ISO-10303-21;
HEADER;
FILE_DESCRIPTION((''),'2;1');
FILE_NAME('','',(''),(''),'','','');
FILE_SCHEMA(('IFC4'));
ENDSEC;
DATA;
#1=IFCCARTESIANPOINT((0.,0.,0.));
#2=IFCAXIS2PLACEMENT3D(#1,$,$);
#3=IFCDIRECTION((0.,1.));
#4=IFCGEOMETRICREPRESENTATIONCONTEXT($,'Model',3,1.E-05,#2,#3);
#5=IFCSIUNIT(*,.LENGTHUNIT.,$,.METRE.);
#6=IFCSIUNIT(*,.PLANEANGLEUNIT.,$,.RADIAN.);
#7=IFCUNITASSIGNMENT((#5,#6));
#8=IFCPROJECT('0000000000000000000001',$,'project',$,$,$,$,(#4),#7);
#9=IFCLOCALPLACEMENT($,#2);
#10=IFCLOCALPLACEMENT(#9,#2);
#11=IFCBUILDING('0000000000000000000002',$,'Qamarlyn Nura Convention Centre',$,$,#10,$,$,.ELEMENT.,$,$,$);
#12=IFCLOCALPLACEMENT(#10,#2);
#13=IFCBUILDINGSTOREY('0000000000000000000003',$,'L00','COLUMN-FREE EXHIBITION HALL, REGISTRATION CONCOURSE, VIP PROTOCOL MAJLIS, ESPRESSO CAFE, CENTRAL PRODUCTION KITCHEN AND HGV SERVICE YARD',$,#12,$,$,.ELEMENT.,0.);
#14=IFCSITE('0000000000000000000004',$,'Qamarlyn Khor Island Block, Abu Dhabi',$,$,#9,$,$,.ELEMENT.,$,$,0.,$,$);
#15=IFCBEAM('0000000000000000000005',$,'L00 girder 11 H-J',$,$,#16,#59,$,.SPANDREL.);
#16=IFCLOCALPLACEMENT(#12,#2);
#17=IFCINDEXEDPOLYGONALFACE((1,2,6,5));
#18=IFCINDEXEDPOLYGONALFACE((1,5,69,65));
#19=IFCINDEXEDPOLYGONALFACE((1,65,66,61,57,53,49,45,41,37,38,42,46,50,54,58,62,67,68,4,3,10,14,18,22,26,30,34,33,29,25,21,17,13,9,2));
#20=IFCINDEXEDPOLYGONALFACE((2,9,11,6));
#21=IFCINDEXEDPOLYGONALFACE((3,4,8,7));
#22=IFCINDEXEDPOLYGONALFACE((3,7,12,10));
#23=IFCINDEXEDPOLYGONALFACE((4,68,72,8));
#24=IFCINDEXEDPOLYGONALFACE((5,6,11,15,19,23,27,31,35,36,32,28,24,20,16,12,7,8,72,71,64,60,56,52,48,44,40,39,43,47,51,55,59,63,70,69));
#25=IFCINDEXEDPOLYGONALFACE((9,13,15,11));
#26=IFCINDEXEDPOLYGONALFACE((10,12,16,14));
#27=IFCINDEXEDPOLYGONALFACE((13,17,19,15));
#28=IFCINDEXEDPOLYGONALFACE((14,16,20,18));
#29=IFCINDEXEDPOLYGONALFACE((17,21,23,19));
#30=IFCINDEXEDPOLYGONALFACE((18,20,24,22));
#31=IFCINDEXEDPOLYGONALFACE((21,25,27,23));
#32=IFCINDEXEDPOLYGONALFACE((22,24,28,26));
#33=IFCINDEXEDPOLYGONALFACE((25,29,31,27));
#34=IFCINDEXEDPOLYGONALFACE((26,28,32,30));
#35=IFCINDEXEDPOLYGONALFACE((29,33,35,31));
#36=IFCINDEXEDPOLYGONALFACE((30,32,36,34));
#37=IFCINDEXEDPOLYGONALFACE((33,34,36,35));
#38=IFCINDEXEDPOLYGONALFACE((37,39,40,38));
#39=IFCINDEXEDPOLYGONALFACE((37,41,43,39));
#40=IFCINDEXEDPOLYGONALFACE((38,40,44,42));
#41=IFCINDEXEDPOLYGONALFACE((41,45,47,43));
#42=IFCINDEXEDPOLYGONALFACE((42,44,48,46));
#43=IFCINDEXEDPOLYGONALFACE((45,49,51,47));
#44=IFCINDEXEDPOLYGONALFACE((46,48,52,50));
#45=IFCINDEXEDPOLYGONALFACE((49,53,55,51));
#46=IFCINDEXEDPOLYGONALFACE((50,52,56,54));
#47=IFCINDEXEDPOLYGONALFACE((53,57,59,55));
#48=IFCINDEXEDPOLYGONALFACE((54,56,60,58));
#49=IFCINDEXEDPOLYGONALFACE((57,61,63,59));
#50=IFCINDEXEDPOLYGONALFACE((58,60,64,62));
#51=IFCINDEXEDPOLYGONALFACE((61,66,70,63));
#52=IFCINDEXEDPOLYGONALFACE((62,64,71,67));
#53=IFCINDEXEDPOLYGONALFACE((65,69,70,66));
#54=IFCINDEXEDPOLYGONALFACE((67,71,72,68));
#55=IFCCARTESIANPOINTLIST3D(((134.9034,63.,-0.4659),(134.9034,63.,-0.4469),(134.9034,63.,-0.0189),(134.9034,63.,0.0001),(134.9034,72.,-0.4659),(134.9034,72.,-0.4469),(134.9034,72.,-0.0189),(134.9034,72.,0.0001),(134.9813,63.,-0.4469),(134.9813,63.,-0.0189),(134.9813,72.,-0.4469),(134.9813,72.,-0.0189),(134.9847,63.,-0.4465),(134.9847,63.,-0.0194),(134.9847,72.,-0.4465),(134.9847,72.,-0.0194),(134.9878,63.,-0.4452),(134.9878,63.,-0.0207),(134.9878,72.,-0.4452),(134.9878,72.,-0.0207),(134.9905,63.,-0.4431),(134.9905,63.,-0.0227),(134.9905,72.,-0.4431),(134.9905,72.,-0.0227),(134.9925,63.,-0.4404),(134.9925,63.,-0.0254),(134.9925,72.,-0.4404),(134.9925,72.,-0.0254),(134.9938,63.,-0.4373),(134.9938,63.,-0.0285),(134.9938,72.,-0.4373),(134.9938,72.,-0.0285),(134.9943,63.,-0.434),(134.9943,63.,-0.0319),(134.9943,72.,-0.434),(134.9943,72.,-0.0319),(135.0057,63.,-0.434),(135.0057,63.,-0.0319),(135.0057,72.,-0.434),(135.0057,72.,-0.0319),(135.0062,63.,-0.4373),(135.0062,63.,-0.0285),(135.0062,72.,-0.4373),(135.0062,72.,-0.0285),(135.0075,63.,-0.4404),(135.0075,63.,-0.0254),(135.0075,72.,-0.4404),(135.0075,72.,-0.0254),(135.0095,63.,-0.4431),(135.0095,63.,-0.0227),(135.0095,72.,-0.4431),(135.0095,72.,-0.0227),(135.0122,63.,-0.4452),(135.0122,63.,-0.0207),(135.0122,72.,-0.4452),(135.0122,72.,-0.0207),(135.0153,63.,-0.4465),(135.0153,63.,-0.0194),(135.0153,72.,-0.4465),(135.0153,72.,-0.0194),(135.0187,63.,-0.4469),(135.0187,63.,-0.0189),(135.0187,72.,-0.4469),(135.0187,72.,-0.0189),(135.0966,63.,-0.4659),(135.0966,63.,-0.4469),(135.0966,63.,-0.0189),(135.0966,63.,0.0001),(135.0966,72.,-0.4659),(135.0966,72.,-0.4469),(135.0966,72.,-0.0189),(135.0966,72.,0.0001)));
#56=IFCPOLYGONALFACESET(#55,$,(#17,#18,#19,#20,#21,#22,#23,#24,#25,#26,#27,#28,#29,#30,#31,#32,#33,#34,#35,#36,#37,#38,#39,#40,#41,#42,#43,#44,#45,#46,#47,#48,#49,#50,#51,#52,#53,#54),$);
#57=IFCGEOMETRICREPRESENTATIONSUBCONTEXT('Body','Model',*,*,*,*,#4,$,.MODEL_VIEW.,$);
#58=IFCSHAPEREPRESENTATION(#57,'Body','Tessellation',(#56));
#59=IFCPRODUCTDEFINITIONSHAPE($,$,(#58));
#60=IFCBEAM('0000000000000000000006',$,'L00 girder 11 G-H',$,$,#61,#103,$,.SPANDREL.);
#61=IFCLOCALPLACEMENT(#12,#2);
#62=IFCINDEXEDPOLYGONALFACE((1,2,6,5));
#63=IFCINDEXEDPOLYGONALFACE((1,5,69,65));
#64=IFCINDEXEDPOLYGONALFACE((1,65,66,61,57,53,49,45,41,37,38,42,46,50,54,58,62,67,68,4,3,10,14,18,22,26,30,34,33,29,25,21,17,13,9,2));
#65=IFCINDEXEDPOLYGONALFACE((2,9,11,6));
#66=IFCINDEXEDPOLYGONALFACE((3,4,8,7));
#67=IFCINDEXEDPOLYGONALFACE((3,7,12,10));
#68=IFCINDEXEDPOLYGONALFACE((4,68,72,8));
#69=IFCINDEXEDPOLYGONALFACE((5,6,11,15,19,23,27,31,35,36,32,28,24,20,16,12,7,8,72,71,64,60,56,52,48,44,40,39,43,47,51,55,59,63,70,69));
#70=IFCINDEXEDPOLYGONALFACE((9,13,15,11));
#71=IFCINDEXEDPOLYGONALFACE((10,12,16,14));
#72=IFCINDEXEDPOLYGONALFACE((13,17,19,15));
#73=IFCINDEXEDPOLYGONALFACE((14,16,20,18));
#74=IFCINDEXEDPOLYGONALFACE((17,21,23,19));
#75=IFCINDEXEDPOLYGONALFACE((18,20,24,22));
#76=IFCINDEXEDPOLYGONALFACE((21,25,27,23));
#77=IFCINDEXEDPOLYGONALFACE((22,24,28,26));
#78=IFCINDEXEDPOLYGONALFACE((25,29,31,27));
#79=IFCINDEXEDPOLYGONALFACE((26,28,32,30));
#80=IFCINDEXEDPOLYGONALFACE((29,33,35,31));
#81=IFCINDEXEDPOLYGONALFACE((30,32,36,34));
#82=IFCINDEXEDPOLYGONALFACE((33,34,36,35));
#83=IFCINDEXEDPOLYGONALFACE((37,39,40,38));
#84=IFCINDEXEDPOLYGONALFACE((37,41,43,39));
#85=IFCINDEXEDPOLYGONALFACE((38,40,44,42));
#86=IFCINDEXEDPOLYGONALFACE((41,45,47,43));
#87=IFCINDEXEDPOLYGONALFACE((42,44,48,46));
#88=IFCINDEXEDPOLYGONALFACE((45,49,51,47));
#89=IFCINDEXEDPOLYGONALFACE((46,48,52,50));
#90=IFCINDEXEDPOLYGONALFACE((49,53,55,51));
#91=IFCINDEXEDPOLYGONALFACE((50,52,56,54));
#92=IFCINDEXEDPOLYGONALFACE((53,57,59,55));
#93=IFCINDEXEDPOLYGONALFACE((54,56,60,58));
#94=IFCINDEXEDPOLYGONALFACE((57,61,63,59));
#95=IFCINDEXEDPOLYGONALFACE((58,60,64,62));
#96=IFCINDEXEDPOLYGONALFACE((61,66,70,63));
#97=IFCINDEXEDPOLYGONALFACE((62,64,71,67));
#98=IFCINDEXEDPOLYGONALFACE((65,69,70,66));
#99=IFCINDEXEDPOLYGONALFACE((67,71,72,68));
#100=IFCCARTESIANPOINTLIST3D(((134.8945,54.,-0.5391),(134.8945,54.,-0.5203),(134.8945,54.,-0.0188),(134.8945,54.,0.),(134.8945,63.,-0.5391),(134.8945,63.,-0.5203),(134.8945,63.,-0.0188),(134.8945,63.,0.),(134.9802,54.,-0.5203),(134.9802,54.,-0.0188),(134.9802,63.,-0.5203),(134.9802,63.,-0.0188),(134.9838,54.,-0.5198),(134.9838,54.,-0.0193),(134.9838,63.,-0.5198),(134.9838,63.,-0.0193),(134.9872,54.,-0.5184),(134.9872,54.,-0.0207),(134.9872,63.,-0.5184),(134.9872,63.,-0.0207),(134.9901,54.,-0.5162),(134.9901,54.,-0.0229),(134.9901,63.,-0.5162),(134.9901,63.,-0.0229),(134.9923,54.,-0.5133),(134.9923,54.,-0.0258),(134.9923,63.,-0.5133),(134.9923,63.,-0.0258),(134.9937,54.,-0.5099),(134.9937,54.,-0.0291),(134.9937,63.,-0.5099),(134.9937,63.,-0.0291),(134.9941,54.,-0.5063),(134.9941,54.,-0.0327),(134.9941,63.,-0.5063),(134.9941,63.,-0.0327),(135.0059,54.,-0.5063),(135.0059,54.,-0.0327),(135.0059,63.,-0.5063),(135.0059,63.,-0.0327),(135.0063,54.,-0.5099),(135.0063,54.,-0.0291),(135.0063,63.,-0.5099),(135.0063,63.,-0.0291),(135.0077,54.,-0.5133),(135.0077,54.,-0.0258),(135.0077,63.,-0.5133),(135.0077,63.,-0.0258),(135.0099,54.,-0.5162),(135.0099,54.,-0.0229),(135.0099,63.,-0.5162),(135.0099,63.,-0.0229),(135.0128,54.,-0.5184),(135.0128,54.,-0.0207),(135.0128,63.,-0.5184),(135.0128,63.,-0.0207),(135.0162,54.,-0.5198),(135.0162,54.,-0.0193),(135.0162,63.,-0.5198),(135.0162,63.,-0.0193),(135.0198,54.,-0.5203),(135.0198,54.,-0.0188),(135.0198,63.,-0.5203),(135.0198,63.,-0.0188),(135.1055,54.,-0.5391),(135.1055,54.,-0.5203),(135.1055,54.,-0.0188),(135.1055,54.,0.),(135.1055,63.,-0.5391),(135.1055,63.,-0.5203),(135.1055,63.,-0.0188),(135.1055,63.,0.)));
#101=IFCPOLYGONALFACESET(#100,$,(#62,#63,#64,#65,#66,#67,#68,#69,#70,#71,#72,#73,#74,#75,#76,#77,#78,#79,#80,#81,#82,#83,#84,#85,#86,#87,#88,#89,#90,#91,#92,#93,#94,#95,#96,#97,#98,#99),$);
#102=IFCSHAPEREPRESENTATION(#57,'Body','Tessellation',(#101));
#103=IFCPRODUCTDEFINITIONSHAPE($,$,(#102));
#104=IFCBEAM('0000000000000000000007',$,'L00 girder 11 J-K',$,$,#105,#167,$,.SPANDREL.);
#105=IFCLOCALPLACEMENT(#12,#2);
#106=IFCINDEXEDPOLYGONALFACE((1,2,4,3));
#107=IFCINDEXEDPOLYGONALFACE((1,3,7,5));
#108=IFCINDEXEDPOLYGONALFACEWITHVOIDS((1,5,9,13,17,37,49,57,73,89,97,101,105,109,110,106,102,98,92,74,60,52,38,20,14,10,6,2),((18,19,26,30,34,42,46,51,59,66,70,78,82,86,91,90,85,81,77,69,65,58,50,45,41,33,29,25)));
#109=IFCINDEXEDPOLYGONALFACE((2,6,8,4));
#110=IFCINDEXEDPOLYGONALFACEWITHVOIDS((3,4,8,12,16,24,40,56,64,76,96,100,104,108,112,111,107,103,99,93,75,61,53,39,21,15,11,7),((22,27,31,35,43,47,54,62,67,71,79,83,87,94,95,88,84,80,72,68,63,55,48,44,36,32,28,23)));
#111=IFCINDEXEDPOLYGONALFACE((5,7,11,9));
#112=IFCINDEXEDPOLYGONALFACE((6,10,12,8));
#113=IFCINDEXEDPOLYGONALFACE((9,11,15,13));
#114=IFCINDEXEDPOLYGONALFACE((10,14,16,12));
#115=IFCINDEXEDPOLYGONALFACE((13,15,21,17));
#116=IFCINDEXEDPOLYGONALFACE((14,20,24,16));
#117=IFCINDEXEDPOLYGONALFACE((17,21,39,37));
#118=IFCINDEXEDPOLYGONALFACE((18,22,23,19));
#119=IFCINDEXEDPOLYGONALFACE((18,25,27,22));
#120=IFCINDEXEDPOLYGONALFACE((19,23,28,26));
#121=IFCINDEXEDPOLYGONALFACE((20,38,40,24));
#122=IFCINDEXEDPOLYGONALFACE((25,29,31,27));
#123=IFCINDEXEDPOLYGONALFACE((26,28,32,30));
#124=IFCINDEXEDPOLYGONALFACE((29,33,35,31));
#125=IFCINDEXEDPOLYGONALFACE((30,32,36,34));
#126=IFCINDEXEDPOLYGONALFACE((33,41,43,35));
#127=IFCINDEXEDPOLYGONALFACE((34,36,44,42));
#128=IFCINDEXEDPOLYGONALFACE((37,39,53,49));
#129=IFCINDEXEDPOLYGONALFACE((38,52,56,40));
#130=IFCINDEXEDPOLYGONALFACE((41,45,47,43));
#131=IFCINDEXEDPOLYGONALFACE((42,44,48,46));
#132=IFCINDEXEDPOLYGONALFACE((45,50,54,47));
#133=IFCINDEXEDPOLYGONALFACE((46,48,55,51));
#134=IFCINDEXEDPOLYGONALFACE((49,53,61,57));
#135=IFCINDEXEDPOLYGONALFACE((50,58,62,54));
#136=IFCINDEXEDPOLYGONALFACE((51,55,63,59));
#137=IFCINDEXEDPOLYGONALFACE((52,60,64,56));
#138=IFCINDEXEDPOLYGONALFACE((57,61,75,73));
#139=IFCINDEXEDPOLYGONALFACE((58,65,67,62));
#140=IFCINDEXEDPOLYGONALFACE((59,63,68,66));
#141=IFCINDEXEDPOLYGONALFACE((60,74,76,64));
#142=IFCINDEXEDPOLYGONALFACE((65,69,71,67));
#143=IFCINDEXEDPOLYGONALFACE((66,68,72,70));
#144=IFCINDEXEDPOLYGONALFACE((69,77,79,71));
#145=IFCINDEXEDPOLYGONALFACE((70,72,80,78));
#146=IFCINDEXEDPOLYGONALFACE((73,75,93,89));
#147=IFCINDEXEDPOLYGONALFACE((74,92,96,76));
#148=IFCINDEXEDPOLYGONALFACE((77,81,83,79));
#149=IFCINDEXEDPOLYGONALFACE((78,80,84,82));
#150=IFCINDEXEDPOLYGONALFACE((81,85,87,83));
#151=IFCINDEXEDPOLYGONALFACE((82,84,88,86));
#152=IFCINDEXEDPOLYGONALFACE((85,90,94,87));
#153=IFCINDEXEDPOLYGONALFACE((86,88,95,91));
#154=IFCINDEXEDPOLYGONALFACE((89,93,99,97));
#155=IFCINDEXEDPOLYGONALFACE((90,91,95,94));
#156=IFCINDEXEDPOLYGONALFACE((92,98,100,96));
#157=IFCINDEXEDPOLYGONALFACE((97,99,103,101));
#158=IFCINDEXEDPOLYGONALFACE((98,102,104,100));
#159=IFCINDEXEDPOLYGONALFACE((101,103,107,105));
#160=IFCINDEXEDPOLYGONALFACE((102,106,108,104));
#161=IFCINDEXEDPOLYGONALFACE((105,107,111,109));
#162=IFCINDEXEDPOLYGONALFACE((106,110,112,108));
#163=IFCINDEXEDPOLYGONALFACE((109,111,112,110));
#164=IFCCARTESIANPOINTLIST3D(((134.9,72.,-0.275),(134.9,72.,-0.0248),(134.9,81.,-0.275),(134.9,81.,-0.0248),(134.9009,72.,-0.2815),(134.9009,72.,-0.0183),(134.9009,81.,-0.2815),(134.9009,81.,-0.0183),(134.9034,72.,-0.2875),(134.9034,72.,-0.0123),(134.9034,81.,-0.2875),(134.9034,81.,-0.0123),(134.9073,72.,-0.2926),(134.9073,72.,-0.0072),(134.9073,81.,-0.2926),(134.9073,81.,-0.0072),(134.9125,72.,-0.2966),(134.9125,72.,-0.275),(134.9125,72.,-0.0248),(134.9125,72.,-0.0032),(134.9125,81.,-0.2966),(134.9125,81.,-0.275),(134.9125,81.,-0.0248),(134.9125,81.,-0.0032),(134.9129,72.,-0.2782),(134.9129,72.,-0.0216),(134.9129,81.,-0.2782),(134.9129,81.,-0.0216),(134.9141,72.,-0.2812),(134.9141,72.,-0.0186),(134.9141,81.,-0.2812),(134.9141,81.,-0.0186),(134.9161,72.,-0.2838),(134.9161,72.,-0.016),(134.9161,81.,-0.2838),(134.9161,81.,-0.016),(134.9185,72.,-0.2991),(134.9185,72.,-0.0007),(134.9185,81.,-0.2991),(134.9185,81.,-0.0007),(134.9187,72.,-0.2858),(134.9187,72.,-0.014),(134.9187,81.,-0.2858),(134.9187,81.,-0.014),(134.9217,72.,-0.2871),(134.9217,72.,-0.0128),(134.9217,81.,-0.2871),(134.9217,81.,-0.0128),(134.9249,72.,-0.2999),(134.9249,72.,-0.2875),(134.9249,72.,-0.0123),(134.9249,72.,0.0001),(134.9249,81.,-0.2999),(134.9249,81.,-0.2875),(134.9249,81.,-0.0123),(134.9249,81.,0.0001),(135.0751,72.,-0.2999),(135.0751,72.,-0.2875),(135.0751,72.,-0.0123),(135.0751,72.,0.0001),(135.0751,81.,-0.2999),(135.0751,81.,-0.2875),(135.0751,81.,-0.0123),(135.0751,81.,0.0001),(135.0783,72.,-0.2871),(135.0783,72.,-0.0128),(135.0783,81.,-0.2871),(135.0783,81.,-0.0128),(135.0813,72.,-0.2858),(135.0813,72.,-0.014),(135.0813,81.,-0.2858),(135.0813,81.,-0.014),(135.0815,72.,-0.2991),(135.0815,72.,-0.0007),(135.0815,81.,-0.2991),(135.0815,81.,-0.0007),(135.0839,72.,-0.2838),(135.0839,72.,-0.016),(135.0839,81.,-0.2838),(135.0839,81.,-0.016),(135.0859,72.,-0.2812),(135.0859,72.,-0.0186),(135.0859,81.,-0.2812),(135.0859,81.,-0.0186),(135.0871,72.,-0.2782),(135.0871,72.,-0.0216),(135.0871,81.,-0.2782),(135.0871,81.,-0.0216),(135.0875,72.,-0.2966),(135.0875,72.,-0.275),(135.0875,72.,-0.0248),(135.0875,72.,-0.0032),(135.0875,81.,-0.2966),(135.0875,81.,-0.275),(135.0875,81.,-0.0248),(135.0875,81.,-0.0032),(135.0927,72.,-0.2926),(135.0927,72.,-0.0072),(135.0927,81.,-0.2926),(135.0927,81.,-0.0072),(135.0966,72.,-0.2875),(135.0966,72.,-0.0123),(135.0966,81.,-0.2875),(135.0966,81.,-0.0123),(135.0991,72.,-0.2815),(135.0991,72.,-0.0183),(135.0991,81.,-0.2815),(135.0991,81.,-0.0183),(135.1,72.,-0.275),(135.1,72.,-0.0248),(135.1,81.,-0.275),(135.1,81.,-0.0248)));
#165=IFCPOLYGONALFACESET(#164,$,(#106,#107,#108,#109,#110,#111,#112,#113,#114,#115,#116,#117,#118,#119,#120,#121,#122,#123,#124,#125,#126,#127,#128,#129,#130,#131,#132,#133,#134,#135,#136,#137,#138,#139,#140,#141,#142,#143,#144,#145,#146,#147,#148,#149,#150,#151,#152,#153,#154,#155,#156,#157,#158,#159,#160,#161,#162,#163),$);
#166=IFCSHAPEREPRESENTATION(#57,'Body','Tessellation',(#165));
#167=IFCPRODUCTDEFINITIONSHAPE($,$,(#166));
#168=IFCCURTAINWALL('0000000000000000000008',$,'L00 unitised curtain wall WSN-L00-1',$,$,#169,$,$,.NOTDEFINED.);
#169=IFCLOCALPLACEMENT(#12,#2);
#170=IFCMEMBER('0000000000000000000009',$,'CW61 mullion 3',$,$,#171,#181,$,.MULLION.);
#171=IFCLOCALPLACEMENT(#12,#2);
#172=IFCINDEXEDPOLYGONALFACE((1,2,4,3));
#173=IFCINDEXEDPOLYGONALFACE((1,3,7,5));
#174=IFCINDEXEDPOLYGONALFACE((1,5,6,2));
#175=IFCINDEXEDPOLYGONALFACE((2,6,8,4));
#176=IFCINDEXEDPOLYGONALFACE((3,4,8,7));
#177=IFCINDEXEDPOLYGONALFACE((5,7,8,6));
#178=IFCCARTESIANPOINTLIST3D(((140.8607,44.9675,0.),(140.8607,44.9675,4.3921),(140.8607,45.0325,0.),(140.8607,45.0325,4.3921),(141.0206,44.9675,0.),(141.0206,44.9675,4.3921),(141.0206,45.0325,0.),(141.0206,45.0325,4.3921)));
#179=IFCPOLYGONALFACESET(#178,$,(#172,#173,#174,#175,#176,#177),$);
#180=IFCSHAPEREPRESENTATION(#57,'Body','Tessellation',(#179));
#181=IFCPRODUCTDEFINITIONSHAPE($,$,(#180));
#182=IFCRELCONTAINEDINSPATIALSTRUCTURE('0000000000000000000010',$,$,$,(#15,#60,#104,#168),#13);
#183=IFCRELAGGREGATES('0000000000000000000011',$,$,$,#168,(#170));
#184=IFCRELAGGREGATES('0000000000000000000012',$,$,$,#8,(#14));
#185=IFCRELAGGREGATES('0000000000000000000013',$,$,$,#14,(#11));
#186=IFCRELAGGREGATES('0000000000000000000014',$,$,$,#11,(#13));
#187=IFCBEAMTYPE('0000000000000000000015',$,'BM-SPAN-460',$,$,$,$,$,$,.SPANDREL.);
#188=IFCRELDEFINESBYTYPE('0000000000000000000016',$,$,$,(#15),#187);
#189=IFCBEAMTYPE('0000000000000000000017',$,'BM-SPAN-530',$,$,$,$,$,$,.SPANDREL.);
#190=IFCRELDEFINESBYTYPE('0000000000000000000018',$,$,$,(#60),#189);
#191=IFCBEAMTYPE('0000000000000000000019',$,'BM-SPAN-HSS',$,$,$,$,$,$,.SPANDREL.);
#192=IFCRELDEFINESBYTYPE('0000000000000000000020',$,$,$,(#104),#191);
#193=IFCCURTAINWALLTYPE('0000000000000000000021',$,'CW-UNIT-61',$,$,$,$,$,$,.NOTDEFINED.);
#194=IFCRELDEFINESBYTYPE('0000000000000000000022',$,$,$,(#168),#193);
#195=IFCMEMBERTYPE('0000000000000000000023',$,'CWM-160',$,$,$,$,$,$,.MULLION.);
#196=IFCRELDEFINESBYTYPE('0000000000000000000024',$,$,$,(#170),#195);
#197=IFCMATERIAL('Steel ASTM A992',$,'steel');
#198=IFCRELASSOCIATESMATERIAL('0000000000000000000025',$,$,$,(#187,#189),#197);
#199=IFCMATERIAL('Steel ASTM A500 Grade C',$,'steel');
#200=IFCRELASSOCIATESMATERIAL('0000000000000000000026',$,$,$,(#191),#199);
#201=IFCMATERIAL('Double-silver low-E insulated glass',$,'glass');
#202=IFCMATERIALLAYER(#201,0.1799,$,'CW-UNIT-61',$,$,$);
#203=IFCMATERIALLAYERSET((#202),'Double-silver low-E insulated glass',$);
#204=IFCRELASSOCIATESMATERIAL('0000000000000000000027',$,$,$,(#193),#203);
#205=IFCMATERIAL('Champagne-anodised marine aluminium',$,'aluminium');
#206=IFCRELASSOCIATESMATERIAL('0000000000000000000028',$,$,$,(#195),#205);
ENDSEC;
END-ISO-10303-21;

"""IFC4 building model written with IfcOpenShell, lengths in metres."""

from ifc_helpers import new_model, si_unit, direction, frame, origin, origin_2d, place, context, subcontext, project, spatial, rectangle, hollow_rectangle, i_section, extrude, material, layer, layer_set, material_profile, profile_set, type_object, element, aggregate, save


model = new_model("IFC4")

# Units and contexts
model_context = context("Model", 3, precision=1e-05, world=origin(), true_north=direction((0.0, 1.0)))
body_context = subcontext(model_context, "Body", "Model", "MODEL_VIEW")
ifc_project = project(units=[si_unit("LENGTHUNIT", "METRE"), si_unit("PLANEANGLEUNIT", "RADIAN")], contexts=[model_context])

# Site, building, storey
site_placement = place(None, origin())
site = spatial("IfcSite", under=ifc_project, at=site_placement, Name="Qamarlyn Khor Island Block, Abu Dhabi", CompositionType="ELEMENT", RefElevation=0.0)
building_placement = place(site_placement, origin())
building = spatial("IfcBuilding", under=site, at=building_placement, Name="Qamarlyn Nura Convention Centre", CompositionType="ELEMENT")
storey_placement = place(building_placement, origin())
storey = spatial("IfcBuildingStorey", under=building, at=storey_placement, Name="L00", Description="COLUMN-FREE EXHIBITION HALL, REGISTRATION CONCOURSE, VIP PROTOCOL MAJLIS, ESPRESSO CAFE, CENTRAL PRODUCTION KITCHEN AND HGV SERVICE YARD", CompositionType="ELEMENT", Elevation=0.0)

# Shared definitions
ifc_material_1 = material(Name="Steel ASTM A500 Grade C", Category="steel")
ifc_material_2 = material(Name="Steel ASTM A992", Category="steel")

# Beams
ifc_material_profile_1 = material_profile(ifc_material_2, i_section(OverallWidth=0.1931, OverallDepth=0.4661, WebThickness=0.0115, FlangeThickness=0.019, FilletRadius=0.0129, at=origin_2d()), Name="W460X97")
ifc_profile_set_1 = profile_set([ifc_material_profile_1], Name="Steel ASTM A992")
beam_type_1 = type_object("IfcBeamType", Name="BM-SPAN-460", PredefinedType="SPANDREL", material=ifc_profile_set_1)
beam_1_placement = place(storey_placement, frame((135.0, 63.0, -0.2329), z_axis=(0.0, 1.0, 0.0), x_axis=(-1.0, 0.0, 0.0)))
element("IfcBeam", 1, at=beam_1_placement, inside=storey, type_object=beam_type_1, Name="L00 girder 11 H-J", PredefinedType="SPANDREL", context=body_context, shape_type="SweptSolid", body=[
    extrude(i_section(OverallWidth=0.1931, OverallDepth=0.4661, WebThickness=0.0115, FlangeThickness=0.019, FilletRadius=0.0129, at=origin_2d()), origin(), (0.0, 0.0, 1.0), 9.0),
])
ifc_material_profile_2 = material_profile(ifc_material_2, i_section(OverallWidth=0.2109, OverallDepth=0.5391, WebThickness=0.0117, FlangeThickness=0.0188, FilletRadius=0.0139, at=origin_2d()), Name="W530X109")
ifc_profile_set_2 = profile_set([ifc_material_profile_2], Name="Steel ASTM A992")
beam_type_2 = type_object("IfcBeamType", Name="BM-SPAN-530", PredefinedType="SPANDREL", material=ifc_profile_set_2)
beam_2_placement = place(storey_placement, frame((135.0, 54.0, -0.2695), z_axis=(0.0, 1.0, 0.0), x_axis=(-1.0, 0.0, 0.0)))
element("IfcBeam", 2, at=beam_2_placement, inside=storey, type_object=beam_type_2, Name="L00 girder 11 G-H", PredefinedType="SPANDREL", context=body_context, shape_type="SweptSolid", body=[
    extrude(i_section(OverallWidth=0.2109, OverallDepth=0.5391, WebThickness=0.0117, FlangeThickness=0.0188, FilletRadius=0.0139, at=origin_2d()), origin(), (0.0, 0.0, 1.0), 9.0),
])
ifc_material_profile_3 = material_profile(ifc_material_1, hollow_rectangle(XDim=0.2, YDim=0.3, WallThickness=0.0125, InnerFilletRadius=0.0125, OuterFilletRadius=0.0249, at=origin_2d()), Name="HSS300X200X12.5")
ifc_profile_set_3 = profile_set([ifc_material_profile_3], Name="Steel ASTM A500 Grade C")
beam_type_3 = type_object("IfcBeamType", Name="BM-SPAN-HSS", PredefinedType="SPANDREL", material=ifc_profile_set_3)
beam_3_placement = place(storey_placement, frame((135.0, 72.0, -0.1499), z_axis=(0.0, 1.0, 0.0), x_axis=(-1.0, 0.0, 0.0)))
element("IfcBeam", 3, at=beam_3_placement, inside=storey, type_object=beam_type_3, Name="L00 girder 11 J-K", PredefinedType="SPANDREL", context=body_context, shape_type="SweptSolid", body=[
    extrude(hollow_rectangle(XDim=0.2, YDim=0.3, WallThickness=0.0125, InnerFilletRadius=0.0125, OuterFilletRadius=0.0249, at=origin_2d()), origin(), (0.0, 0.0, 1.0), 9.0),
])

# Curtain wall, member
ifc_material_3 = material(Name="Double-silver low-E insulated glass", Category="glass")
ifc_layer_1 = layer(ifc_material_3, 0.1799, Name="CW-UNIT-61")
ifc_layer_set_1 = layer_set([ifc_layer_1], Name="Double-silver low-E insulated glass")
curtain_wall_type = type_object("IfcCurtainWallType", Name="CW-UNIT-61", PredefinedType="NOTDEFINED", material=ifc_layer_set_1)
curtain_wall_placement = place(storey_placement, origin())
curtain_wall = element("IfcCurtainWall", 4, at=curtain_wall_placement, inside=storey, type_object=curtain_wall_type, Name="L00 unitised curtain wall WSN-L00-1", PredefinedType="NOTDEFINED")
ifc_material_4 = material(Name="Champagne-anodised marine aluminium", Category="aluminium")
ifc_material_profile_4 = material_profile(ifc_material_4, rectangle(XDim=0.0649, YDim=0.1599, at=origin_2d()), Name="ALU MULLION 65x160")
ifc_profile_set_4 = profile_set([ifc_material_profile_4], Name="Champagne-anodised marine aluminium")
member_type_1 = type_object("IfcMemberType", Name="CWM-160", PredefinedType="MULLION", material=ifc_profile_set_4)
member_1_placement = place(storey_placement, frame((140.9407, 45.0, 0.0), z_axis=(0.0, 0.0, 1.0), x_axis=(0.0, 1.0, 0.0)))
member_1 = element("IfcMember", 5, at=member_1_placement, type_object=member_type_1, Name="CW61 mullion 3", PredefinedType="MULLION", context=body_context, shape_type="SweptSolid", body=[
    extrude(rectangle(XDim=0.0649, YDim=0.1599, at=origin_2d()), origin(), (0.0, 0.0, 1.0), 4.3921),
])
aggregate(curtain_wall, [member_1])

save(model, "model.ifc")
